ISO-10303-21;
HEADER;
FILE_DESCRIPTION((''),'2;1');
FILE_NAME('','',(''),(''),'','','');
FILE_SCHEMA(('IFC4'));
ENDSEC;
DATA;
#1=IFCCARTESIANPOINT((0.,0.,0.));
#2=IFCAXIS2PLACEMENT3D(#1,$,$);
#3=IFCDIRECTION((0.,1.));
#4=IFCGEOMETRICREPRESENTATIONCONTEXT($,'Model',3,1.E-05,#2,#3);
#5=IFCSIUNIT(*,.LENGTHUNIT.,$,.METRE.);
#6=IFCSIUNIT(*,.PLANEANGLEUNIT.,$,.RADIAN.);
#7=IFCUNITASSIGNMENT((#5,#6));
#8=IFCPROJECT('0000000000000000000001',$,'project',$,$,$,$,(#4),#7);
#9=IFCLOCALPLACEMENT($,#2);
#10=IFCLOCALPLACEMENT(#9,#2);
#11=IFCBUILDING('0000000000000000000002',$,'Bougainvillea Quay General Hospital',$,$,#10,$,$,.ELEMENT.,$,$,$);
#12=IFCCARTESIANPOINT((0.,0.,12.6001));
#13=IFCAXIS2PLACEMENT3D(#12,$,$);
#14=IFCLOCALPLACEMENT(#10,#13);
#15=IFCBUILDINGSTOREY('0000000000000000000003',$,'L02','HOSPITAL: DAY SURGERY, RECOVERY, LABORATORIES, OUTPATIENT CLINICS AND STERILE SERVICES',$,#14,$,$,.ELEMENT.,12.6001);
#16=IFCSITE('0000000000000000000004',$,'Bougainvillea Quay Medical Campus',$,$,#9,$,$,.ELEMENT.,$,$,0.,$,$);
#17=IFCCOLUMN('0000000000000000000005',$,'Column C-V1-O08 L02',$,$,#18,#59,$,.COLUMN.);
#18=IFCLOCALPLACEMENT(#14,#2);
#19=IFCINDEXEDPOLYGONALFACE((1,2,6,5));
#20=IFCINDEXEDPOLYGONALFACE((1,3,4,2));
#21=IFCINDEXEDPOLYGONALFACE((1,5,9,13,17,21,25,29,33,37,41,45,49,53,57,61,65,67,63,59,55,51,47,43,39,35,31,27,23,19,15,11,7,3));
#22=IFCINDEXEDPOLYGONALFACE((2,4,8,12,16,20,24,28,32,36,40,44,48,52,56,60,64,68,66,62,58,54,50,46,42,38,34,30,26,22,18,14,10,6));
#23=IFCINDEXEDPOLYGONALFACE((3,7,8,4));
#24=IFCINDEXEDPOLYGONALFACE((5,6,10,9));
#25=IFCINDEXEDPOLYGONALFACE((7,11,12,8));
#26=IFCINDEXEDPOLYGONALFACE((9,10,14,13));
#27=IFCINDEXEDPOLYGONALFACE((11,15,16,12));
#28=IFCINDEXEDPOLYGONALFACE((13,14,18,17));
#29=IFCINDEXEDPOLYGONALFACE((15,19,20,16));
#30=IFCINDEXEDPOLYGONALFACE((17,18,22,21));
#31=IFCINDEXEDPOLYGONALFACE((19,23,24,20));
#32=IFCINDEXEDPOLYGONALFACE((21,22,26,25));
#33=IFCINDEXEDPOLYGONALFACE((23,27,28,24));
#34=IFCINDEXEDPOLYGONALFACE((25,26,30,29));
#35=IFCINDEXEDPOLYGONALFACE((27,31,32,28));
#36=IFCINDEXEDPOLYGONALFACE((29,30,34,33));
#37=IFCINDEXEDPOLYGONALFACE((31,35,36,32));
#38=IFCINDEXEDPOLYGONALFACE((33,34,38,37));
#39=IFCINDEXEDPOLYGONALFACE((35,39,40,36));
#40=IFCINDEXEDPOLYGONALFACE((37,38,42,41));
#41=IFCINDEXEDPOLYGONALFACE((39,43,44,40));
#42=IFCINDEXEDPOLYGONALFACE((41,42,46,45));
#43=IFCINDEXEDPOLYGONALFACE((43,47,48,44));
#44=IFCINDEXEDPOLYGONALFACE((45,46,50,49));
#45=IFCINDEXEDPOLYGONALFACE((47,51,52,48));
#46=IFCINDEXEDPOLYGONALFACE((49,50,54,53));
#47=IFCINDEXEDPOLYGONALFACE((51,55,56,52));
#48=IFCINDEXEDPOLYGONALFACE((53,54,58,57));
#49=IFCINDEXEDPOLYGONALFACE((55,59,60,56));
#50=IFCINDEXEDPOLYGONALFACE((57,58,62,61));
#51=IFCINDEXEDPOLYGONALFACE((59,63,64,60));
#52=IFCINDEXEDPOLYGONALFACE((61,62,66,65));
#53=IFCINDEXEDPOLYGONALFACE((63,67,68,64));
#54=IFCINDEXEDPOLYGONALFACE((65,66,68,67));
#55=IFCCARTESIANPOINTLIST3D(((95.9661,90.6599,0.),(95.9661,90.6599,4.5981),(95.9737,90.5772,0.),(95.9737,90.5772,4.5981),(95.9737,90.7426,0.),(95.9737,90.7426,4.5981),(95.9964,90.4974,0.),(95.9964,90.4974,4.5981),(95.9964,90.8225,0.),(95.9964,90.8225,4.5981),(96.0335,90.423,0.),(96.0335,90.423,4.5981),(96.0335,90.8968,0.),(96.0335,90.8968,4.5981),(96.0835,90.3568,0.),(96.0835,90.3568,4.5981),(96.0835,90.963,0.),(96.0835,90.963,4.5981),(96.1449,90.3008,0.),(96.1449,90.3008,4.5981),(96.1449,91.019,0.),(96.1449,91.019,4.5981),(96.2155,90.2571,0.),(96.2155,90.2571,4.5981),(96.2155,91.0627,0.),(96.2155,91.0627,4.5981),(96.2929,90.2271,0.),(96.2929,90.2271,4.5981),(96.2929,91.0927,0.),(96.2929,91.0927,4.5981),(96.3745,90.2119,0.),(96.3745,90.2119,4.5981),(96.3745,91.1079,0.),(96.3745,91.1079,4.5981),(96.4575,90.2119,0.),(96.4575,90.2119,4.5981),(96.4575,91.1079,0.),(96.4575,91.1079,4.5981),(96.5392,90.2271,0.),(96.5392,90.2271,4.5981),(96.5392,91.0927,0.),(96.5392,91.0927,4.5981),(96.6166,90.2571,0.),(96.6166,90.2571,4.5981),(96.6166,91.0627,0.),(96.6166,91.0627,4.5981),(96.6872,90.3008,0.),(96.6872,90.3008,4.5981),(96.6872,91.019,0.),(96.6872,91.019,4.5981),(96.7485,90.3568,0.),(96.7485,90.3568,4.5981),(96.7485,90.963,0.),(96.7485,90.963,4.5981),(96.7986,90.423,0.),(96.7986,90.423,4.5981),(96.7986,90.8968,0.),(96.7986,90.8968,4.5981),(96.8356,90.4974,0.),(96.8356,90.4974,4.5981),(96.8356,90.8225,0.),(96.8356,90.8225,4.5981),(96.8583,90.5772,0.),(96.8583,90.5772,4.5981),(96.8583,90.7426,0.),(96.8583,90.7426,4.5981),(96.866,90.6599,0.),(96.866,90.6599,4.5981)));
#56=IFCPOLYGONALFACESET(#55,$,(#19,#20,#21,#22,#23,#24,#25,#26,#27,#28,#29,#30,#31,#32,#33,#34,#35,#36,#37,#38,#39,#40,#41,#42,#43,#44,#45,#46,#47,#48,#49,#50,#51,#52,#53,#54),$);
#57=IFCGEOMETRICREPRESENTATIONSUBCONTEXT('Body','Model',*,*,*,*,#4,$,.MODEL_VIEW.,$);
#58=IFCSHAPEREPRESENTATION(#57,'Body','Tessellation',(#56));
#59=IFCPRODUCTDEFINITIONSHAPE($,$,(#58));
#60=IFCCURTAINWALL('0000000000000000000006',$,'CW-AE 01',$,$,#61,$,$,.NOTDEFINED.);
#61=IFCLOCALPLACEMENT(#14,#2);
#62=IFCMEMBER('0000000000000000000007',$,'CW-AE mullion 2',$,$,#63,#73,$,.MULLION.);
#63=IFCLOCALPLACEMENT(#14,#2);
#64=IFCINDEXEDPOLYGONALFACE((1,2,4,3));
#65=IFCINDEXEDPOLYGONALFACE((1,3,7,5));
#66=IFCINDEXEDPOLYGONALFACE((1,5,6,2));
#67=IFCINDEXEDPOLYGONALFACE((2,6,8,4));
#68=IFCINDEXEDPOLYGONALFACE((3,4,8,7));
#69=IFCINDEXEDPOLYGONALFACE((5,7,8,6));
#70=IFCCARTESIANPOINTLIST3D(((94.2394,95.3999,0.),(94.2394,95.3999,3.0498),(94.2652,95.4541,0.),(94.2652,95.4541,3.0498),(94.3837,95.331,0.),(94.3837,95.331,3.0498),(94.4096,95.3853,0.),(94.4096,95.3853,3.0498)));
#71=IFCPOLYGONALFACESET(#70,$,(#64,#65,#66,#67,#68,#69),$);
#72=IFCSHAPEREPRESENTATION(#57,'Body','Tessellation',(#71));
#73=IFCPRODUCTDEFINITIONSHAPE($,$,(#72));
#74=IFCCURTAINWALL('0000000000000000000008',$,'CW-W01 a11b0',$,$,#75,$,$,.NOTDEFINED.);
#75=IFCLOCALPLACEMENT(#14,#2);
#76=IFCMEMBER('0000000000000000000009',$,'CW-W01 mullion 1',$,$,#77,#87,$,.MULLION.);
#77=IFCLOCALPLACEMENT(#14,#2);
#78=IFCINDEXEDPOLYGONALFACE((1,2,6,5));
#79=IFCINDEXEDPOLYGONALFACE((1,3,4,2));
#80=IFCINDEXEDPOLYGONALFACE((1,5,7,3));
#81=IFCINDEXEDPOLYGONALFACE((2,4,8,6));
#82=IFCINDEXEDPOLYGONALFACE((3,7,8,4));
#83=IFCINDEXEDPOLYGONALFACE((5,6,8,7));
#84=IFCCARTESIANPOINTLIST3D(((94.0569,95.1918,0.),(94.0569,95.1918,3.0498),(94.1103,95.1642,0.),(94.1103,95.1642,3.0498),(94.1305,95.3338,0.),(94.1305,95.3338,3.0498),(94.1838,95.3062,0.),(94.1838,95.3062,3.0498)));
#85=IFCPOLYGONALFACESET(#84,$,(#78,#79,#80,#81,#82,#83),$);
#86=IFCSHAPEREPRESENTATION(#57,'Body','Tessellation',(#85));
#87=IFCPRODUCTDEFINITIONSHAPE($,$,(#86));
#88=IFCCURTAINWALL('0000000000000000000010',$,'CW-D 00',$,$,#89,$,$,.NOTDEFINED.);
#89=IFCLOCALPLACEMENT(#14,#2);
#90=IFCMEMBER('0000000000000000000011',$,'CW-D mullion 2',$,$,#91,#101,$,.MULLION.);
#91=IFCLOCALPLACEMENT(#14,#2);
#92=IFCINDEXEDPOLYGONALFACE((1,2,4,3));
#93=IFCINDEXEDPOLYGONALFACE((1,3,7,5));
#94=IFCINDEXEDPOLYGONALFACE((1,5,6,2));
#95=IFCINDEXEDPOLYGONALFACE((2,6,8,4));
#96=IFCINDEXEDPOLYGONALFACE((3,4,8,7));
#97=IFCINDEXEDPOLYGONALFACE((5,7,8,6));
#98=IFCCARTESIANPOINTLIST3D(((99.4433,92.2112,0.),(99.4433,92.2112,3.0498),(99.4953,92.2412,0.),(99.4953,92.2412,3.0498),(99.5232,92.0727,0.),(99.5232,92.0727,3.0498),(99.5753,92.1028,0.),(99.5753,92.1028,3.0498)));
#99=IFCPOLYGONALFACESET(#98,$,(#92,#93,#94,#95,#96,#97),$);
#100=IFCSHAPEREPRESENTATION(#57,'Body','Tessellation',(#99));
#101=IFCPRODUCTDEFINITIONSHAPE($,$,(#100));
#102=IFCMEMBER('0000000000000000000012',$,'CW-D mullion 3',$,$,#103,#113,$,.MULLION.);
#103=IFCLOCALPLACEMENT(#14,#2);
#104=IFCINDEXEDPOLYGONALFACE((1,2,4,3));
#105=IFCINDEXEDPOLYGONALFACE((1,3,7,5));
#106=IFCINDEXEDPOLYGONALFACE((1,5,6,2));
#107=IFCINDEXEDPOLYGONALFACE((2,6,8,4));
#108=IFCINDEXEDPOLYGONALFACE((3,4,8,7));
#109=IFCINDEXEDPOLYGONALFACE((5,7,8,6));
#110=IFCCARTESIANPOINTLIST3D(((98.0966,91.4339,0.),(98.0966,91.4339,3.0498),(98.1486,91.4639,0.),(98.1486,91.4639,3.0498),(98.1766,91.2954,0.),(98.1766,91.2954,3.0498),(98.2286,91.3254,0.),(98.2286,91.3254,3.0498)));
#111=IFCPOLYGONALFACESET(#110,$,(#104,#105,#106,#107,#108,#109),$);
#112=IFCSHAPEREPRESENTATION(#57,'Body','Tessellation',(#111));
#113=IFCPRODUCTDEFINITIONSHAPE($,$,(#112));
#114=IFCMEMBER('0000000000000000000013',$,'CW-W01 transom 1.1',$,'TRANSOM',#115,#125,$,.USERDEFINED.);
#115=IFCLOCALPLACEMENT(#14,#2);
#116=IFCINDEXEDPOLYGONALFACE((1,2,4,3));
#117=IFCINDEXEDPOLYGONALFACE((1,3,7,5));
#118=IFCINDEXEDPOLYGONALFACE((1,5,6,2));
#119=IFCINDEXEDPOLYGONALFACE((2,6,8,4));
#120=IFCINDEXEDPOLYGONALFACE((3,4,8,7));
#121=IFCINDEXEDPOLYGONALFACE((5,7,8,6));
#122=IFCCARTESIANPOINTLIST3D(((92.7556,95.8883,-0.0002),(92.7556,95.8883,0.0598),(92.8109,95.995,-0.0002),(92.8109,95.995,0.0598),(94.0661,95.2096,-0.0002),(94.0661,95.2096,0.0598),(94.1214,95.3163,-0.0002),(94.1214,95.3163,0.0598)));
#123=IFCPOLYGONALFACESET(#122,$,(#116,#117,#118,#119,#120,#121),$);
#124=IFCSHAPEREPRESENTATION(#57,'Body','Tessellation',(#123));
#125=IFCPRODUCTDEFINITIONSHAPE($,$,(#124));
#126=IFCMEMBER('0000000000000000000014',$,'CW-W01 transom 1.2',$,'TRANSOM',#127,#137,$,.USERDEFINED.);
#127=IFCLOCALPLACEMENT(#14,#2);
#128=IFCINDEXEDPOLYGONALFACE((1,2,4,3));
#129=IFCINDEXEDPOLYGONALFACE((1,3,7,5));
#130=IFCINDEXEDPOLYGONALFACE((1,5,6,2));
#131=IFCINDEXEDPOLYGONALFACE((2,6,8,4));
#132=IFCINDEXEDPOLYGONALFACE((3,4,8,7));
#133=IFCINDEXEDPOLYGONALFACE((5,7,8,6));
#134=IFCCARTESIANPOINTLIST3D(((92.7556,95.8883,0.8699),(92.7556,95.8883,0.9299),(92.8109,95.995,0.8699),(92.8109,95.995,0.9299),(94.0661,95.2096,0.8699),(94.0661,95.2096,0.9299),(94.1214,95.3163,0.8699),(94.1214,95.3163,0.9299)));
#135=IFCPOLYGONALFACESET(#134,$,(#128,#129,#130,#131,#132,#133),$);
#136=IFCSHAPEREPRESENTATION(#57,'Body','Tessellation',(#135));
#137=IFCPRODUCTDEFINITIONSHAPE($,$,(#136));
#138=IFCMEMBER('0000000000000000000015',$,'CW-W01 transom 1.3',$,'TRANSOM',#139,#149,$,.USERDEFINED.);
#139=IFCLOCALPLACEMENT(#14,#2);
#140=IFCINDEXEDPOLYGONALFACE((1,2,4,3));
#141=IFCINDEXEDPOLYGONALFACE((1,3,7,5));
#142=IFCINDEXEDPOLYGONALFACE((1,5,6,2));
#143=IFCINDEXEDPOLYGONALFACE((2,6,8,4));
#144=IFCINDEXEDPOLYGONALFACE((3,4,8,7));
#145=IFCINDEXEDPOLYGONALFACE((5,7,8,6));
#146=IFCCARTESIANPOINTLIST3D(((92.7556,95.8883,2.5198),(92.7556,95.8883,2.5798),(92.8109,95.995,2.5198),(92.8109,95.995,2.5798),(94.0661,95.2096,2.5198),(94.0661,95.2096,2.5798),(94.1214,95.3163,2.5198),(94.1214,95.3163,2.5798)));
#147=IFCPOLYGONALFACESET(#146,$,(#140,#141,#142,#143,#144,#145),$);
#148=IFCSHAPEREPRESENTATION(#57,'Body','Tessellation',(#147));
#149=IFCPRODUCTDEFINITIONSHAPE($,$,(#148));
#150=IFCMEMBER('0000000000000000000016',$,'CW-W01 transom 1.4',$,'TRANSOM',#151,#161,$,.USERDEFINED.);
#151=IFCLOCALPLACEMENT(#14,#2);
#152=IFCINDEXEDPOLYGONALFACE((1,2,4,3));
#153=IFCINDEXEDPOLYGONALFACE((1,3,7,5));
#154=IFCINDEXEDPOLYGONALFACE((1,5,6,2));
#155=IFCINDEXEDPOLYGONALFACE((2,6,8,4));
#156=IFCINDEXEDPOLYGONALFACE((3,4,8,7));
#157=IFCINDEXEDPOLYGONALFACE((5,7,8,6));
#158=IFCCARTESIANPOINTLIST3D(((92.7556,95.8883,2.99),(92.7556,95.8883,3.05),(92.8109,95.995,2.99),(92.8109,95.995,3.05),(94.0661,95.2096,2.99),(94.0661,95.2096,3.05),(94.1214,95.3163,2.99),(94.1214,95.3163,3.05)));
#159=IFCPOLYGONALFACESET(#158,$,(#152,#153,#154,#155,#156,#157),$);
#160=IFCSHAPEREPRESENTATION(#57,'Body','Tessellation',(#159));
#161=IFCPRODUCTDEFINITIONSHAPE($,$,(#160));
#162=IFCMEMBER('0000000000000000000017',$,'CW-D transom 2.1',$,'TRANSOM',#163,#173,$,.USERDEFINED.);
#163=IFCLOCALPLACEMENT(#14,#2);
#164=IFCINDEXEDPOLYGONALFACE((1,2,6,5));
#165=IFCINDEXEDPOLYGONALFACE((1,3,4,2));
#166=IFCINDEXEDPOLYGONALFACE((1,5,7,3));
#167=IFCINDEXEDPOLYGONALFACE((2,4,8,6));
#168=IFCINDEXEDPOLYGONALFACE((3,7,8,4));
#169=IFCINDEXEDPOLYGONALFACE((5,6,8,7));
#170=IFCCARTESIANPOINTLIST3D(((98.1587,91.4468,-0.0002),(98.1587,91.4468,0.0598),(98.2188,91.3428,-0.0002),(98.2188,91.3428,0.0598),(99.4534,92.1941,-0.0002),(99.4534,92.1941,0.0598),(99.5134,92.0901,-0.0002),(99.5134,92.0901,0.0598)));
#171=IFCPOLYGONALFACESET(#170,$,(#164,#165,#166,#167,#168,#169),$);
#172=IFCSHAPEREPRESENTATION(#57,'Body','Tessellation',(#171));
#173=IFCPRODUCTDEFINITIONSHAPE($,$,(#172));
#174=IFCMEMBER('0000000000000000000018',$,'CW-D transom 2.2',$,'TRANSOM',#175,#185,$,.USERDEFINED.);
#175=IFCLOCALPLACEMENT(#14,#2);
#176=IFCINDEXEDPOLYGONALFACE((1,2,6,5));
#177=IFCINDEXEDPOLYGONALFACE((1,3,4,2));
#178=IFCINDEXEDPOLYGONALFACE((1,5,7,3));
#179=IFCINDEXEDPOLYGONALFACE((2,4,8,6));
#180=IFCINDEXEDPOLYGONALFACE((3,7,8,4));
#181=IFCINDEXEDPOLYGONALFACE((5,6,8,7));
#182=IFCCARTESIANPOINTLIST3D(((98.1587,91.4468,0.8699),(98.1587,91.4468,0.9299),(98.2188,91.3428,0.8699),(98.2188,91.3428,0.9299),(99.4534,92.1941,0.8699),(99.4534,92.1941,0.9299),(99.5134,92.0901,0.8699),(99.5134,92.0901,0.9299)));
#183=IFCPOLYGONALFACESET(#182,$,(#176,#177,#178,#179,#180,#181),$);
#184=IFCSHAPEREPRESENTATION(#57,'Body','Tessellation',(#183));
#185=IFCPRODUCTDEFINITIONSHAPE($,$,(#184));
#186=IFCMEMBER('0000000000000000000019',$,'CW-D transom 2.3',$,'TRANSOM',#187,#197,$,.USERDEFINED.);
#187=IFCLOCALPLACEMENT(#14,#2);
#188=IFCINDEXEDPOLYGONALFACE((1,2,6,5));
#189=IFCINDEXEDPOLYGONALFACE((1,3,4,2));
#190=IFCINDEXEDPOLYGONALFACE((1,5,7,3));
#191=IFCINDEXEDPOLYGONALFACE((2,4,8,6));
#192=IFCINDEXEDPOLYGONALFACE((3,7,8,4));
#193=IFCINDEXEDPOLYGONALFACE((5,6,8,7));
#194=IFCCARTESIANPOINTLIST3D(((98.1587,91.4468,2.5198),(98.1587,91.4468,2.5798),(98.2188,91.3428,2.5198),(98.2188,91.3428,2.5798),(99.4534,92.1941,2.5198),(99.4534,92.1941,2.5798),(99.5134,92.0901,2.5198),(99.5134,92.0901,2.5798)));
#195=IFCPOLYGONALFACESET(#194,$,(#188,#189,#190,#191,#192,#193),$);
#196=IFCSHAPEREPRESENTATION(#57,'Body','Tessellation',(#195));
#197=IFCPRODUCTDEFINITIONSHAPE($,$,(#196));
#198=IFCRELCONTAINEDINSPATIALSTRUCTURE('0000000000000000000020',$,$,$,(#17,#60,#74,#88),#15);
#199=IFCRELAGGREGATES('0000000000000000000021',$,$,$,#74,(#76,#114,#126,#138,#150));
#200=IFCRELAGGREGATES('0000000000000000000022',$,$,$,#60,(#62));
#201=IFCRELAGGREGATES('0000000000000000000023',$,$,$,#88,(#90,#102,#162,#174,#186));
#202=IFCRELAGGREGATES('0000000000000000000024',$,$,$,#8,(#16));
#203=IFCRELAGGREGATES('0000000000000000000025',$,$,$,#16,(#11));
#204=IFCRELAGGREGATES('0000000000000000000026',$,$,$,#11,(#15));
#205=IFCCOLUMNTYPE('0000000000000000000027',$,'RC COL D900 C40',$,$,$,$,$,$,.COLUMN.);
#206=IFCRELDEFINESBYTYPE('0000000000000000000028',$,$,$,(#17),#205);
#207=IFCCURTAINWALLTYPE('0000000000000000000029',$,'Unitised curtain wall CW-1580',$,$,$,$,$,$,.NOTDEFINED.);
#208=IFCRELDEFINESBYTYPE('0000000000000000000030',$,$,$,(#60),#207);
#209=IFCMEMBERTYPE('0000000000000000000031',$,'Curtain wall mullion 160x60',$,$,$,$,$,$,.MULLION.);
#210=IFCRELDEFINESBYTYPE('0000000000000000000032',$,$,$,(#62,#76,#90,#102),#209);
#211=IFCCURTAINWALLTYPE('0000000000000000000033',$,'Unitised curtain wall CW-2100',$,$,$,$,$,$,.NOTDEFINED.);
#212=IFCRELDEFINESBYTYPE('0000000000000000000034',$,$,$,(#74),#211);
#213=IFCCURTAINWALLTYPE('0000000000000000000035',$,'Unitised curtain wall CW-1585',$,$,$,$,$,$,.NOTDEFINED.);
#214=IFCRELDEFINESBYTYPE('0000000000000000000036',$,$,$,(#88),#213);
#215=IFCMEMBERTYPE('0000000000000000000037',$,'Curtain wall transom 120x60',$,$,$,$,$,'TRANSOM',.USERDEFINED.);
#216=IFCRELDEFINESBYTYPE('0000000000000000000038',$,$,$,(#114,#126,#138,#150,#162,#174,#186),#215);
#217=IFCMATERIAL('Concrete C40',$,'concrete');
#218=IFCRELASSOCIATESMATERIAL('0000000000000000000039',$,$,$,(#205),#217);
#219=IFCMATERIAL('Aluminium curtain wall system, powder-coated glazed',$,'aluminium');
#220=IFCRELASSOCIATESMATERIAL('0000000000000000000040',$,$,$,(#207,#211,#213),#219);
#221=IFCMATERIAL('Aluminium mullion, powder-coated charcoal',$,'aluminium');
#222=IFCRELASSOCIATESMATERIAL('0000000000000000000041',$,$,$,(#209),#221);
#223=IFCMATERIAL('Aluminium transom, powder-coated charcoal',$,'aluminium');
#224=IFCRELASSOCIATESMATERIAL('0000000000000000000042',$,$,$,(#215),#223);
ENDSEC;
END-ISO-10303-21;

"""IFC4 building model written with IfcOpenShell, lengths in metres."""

from ifc_helpers import new_model, si_unit, direction, frame, origin, origin_2d, place, context, subcontext, project, spatial, rectangle, circle, extrude, material, material_profile, profile_set, type_object, element, aggregate, save


model = new_model("IFC4")

# Units and contexts
model_context = context("Model", 3, precision=1e-05, world=origin(), true_north=direction((0.0, 1.0)))
body_context = subcontext(model_context, "Body", "Model", "MODEL_VIEW")
ifc_project = project(units=[si_unit("LENGTHUNIT", "METRE"), si_unit("PLANEANGLEUNIT", "RADIAN")], contexts=[model_context])

# Site, building, storey
site_placement = place(None, origin())
site = spatial("IfcSite", under=ifc_project, at=site_placement, Name="Bougainvillea Quay Medical Campus", CompositionType="ELEMENT", RefElevation=0.0)
building_placement = place(site_placement, origin())
building = spatial("IfcBuilding", under=site, at=building_placement, Name="Bougainvillea Quay General Hospital", CompositionType="ELEMENT")
storey_placement = place(building_placement, frame((0.0, 0.0, 12.6001)))
storey = spatial("IfcBuildingStorey", under=building, at=storey_placement, Name="L02", Description="HOSPITAL: DAY SURGERY, RECOVERY, LABORATORIES, OUTPATIENT CLINICS AND STERILE SERVICES", CompositionType="ELEMENT", Elevation=12.6001)

# Column
ifc_material_1 = material(Name="Concrete C40", Category="concrete")
ifc_material_profile_1 = material_profile(ifc_material_1, circle(Radius=0.45, at=origin_2d()))
ifc_profile_set_1 = profile_set([ifc_material_profile_1], Name="Concrete C40")
column_type = type_object("IfcColumnType", Name="RC COL D900 C40", PredefinedType="COLUMN", material=ifc_profile_set_1)
column_placement = place(storey_placement, frame((96.416, 90.6599, 0.0), z_axis=(0.0, 0.0, 1.0), x_axis=(1.0, 0.0, 0.0)))
element("IfcColumn", 1, at=column_placement, inside=storey, type_object=column_type, Name="Column C-V1-O08 L02", PredefinedType="COLUMN", context=body_context, shape_type="SweptSolid", body=[
    extrude(circle(Radius=0.45, at=origin_2d()), origin(), (0.0, 0.0, 1.0), 4.5981),
])

# Curtain walls, members
ifc_material_2 = material(Name="Aluminium curtain wall system, powder-coated glazed", Category="aluminium")
curtain_wall_type_1 = type_object("IfcCurtainWallType", Name="Unitised curtain wall CW-1580", PredefinedType="NOTDEFINED", material=ifc_material_2)
curtain_wall_1_placement = place(storey_placement, origin())
curtain_wall_1 = element("IfcCurtainWall", 2, at=curtain_wall_1_placement, inside=storey, type_object=curtain_wall_type_1, Name="CW-AE 01", PredefinedType="NOTDEFINED")
ifc_material_3 = material(Name="Aluminium mullion, powder-coated charcoal", Category="aluminium")
ifc_material_profile_2 = material_profile(ifc_material_3, rectangle(XDim=0.1599, YDim=0.0601, at=origin_2d()))
ifc_profile_set_2 = profile_set([ifc_material_profile_2], Name="Aluminium mullion, powder-coated charcoal")
member_type_1 = type_object("IfcMemberType", Name="Curtain wall mullion 160x60", PredefinedType="MULLION", material=ifc_profile_set_2)
member_1_placement = place(storey_placement, frame((94.3245, 95.3926, 0.0), z_axis=(0.0, 0.0, 1.0), x_axis=(-0.902561, 0.430563, 0.0)))
member_1 = element("IfcMember", 3, at=member_1_placement, type_object=member_type_1, Name="CW-AE mullion 2", PredefinedType="MULLION", context=body_context, shape_type="SweptSolid", body=[
    extrude(rectangle(XDim=0.1599, YDim=0.0601, at=origin_2d()), origin(), (0.0, 0.0, 1.0), 3.0498),
])
curtain_wall_type_2 = type_object("IfcCurtainWallType", Name="Unitised curtain wall CW-2100", PredefinedType="NOTDEFINED", material=ifc_material_2)
curtain_wall_2_placement = place(storey_placement, origin())
curtain_wall_2 = element("IfcCurtainWall", 4, at=curtain_wall_2_placement, inside=storey, type_object=curtain_wall_type_2, Name="CW-W01 a11b0", PredefinedType="NOTDEFINED")
member_2_placement = place(storey_placement, frame((94.1204, 95.249, 0.0), z_axis=(0.0, 0.0, 1.0), x_axis=(-0.459924, -0.887958, 0.0)))
member_2 = element("IfcMember", 5, at=member_2_placement, type_object=member_type_1, Name="CW-W01 mullion 1", PredefinedType="MULLION", context=body_context, shape_type="SweptSolid", body=[
    extrude(rectangle(XDim=0.1599, YDim=0.0601, at=origin_2d()), origin(), (0.0, 0.0, 1.0), 3.0498),
])

# Curtain wall, members
curtain_wall_type_3 = type_object("IfcCurtainWallType", Name="Unitised curtain wall CW-1585", PredefinedType="NOTDEFINED", material=ifc_material_2)
curtain_wall_3_placement = place(storey_placement, origin())
curtain_wall_3 = element("IfcCurtainWall", 6, at=curtain_wall_3_placement, inside=storey, type_object=curtain_wall_type_3, Name="CW-D 00", PredefinedType="NOTDEFINED")
member_3_placement = place(storey_placement, frame((99.5093, 92.157, 0.0), z_axis=(0.0, 0.0, 1.0), x_axis=(0.499965, -0.866046, 0.0)))
member_3 = element("IfcMember", 7, at=member_3_placement, type_object=member_type_1, Name="CW-D mullion 2", PredefinedType="MULLION", context=body_context, shape_type="SweptSolid", body=[
    extrude(rectangle(XDim=0.1599, YDim=0.0601, at=origin_2d()), origin(), (0.0, 0.0, 1.0), 3.0498),
])
member_4_placement = place(storey_placement, frame((98.1626, 91.3796, 0.0), z_axis=(0.0, 0.0, 1.0), x_axis=(0.499965, -0.866046, 0.0)))
member_4 = element("IfcMember", 8, at=member_4_placement, type_object=member_type_1, Name="CW-D mullion 3", PredefinedType="MULLION", context=body_context, shape_type="SweptSolid", body=[
    extrude(rectangle(XDim=0.1599, YDim=0.0601, at=origin_2d()), origin(), (0.0, 0.0, 1.0), 3.0498),
])

# Members
ifc_material_4 = material(Name="Aluminium transom, powder-coated charcoal", Category="aluminium")
ifc_material_profile_3 = material_profile(ifc_material_4, rectangle(XDim=0.1201, YDim=0.0601, at=origin_2d()))
ifc_profile_set_3 = profile_set([ifc_material_profile_3], Name="Aluminium transom, powder-coated charcoal")
member_type_2 = type_object("IfcMemberType", Name="Curtain wall transom 120x60", ElementType="TRANSOM", PredefinedType="USERDEFINED", material=ifc_profile_set_3)
member_5_placement = place(storey_placement, frame((94.0938, 95.2629, 0.0298), z_axis=(-0.887985, 0.459873, 0.0), x_axis=(-0.459873, -0.887985, 0.0)))
member_5 = element("IfcMember", 9, at=member_5_placement, type_object=member_type_2, Name="CW-W01 transom 1.1", ObjectType="TRANSOM", PredefinedType="USERDEFINED", context=body_context, shape_type="SweptSolid", body=[
    extrude(rectangle(XDim=0.1201, YDim=0.0601, at=origin_2d()), origin(), (0.0, 0.0, 1.0), 1.4758),
])
member_6_placement = place(storey_placement, frame((94.0938, 95.2629, 0.8999), z_axis=(-0.887985, 0.459873, 0.0), x_axis=(-0.459873, -0.887985, 0.0)))
member_6 = element("IfcMember", 10, at=member_6_placement, type_object=member_type_2, Name="CW-W01 transom 1.2", ObjectType="TRANSOM", PredefinedType="USERDEFINED", context=body_context, shape_type="SweptSolid", body=[
    extrude(rectangle(XDim=0.1201, YDim=0.0601, at=origin_2d()), origin(), (0.0, 0.0, 1.0), 1.4758),
])
member_7_placement = place(storey_placement, frame((94.0938, 95.2629, 2.5498), z_axis=(-0.887985, 0.459873, 0.0), x_axis=(-0.459873, -0.887985, 0.0)))
member_7 = element("IfcMember", 11, at=member_7_placement, type_object=member_type_2, Name="CW-W01 transom 1.3", ObjectType="TRANSOM", PredefinedType="USERDEFINED", context=body_context, shape_type="SweptSolid", body=[
    extrude(rectangle(XDim=0.1201, YDim=0.0601, at=origin_2d()), origin(), (0.0, 0.0, 1.0), 1.4758),
])
member_8_placement = place(storey_placement, frame((94.0938, 95.2629, 3.02), z_axis=(-0.887985, 0.459873, 0.0), x_axis=(-0.459873, -0.887985, 0.0)))
member_8 = element("IfcMember", 12, at=member_8_placement, type_object=member_type_2, Name="CW-W01 transom 1.4", ObjectType="TRANSOM", PredefinedType="USERDEFINED", context=body_context, shape_type="SweptSolid", body=[
    extrude(rectangle(XDim=0.1201, YDim=0.0601, at=origin_2d()), origin(), (0.0, 0.0, 1.0), 1.4758),
])
aggregate(curtain_wall_2, [member_2, member_5, member_6, member_7, member_8])
member_9_placement = place(storey_placement, frame((99.4834, 92.1421, 0.0298), z_axis=(-0.866074, -0.499916, 0.0), x_axis=(0.499916, -0.866074, 0.0)))
member_9 = element("IfcMember", 13, at=member_9_placement, type_object=member_type_2, Name="CW-D transom 2.1", ObjectType="TRANSOM", PredefinedType="USERDEFINED", context=body_context, shape_type="SweptSolid", body=[
    extrude(rectangle(XDim=0.1201, YDim=0.0601, at=origin_2d()), origin(), (0.0, 0.0, 1.0), 1.4949),
])
member_10_placement = place(storey_placement, frame((99.4834, 92.1421, 0.8999), z_axis=(-0.866074, -0.499916, 0.0), x_axis=(0.499916, -0.866074, 0.0)))
member_10 = element("IfcMember", 14, at=member_10_placement, type_object=member_type_2, Name="CW-D transom 2.2", ObjectType="TRANSOM", PredefinedType="USERDEFINED", context=body_context, shape_type="SweptSolid", body=[
    extrude(rectangle(XDim=0.1201, YDim=0.0601, at=origin_2d()), origin(), (0.0, 0.0, 1.0), 1.4949),
])
member_11_placement = place(storey_placement, frame((99.4834, 92.1421, 2.5498), z_axis=(-0.866074, -0.499916, 0.0), x_axis=(0.499916, -0.866074, 0.0)))
member_11 = element("IfcMember", 15, at=member_11_placement, type_object=member_type_2, Name="CW-D transom 2.3", ObjectType="TRANSOM", PredefinedType="USERDEFINED", context=body_context, shape_type="SweptSolid", body=[
    extrude(rectangle(XDim=0.1201, YDim=0.0601, at=origin_2d()), origin(), (0.0, 0.0, 1.0), 1.4949),
])

aggregate(curtain_wall_1, [member_1])
aggregate(curtain_wall_3, [member_3, member_4, member_9, member_10, member_11])

save(model, "model.ifc")
